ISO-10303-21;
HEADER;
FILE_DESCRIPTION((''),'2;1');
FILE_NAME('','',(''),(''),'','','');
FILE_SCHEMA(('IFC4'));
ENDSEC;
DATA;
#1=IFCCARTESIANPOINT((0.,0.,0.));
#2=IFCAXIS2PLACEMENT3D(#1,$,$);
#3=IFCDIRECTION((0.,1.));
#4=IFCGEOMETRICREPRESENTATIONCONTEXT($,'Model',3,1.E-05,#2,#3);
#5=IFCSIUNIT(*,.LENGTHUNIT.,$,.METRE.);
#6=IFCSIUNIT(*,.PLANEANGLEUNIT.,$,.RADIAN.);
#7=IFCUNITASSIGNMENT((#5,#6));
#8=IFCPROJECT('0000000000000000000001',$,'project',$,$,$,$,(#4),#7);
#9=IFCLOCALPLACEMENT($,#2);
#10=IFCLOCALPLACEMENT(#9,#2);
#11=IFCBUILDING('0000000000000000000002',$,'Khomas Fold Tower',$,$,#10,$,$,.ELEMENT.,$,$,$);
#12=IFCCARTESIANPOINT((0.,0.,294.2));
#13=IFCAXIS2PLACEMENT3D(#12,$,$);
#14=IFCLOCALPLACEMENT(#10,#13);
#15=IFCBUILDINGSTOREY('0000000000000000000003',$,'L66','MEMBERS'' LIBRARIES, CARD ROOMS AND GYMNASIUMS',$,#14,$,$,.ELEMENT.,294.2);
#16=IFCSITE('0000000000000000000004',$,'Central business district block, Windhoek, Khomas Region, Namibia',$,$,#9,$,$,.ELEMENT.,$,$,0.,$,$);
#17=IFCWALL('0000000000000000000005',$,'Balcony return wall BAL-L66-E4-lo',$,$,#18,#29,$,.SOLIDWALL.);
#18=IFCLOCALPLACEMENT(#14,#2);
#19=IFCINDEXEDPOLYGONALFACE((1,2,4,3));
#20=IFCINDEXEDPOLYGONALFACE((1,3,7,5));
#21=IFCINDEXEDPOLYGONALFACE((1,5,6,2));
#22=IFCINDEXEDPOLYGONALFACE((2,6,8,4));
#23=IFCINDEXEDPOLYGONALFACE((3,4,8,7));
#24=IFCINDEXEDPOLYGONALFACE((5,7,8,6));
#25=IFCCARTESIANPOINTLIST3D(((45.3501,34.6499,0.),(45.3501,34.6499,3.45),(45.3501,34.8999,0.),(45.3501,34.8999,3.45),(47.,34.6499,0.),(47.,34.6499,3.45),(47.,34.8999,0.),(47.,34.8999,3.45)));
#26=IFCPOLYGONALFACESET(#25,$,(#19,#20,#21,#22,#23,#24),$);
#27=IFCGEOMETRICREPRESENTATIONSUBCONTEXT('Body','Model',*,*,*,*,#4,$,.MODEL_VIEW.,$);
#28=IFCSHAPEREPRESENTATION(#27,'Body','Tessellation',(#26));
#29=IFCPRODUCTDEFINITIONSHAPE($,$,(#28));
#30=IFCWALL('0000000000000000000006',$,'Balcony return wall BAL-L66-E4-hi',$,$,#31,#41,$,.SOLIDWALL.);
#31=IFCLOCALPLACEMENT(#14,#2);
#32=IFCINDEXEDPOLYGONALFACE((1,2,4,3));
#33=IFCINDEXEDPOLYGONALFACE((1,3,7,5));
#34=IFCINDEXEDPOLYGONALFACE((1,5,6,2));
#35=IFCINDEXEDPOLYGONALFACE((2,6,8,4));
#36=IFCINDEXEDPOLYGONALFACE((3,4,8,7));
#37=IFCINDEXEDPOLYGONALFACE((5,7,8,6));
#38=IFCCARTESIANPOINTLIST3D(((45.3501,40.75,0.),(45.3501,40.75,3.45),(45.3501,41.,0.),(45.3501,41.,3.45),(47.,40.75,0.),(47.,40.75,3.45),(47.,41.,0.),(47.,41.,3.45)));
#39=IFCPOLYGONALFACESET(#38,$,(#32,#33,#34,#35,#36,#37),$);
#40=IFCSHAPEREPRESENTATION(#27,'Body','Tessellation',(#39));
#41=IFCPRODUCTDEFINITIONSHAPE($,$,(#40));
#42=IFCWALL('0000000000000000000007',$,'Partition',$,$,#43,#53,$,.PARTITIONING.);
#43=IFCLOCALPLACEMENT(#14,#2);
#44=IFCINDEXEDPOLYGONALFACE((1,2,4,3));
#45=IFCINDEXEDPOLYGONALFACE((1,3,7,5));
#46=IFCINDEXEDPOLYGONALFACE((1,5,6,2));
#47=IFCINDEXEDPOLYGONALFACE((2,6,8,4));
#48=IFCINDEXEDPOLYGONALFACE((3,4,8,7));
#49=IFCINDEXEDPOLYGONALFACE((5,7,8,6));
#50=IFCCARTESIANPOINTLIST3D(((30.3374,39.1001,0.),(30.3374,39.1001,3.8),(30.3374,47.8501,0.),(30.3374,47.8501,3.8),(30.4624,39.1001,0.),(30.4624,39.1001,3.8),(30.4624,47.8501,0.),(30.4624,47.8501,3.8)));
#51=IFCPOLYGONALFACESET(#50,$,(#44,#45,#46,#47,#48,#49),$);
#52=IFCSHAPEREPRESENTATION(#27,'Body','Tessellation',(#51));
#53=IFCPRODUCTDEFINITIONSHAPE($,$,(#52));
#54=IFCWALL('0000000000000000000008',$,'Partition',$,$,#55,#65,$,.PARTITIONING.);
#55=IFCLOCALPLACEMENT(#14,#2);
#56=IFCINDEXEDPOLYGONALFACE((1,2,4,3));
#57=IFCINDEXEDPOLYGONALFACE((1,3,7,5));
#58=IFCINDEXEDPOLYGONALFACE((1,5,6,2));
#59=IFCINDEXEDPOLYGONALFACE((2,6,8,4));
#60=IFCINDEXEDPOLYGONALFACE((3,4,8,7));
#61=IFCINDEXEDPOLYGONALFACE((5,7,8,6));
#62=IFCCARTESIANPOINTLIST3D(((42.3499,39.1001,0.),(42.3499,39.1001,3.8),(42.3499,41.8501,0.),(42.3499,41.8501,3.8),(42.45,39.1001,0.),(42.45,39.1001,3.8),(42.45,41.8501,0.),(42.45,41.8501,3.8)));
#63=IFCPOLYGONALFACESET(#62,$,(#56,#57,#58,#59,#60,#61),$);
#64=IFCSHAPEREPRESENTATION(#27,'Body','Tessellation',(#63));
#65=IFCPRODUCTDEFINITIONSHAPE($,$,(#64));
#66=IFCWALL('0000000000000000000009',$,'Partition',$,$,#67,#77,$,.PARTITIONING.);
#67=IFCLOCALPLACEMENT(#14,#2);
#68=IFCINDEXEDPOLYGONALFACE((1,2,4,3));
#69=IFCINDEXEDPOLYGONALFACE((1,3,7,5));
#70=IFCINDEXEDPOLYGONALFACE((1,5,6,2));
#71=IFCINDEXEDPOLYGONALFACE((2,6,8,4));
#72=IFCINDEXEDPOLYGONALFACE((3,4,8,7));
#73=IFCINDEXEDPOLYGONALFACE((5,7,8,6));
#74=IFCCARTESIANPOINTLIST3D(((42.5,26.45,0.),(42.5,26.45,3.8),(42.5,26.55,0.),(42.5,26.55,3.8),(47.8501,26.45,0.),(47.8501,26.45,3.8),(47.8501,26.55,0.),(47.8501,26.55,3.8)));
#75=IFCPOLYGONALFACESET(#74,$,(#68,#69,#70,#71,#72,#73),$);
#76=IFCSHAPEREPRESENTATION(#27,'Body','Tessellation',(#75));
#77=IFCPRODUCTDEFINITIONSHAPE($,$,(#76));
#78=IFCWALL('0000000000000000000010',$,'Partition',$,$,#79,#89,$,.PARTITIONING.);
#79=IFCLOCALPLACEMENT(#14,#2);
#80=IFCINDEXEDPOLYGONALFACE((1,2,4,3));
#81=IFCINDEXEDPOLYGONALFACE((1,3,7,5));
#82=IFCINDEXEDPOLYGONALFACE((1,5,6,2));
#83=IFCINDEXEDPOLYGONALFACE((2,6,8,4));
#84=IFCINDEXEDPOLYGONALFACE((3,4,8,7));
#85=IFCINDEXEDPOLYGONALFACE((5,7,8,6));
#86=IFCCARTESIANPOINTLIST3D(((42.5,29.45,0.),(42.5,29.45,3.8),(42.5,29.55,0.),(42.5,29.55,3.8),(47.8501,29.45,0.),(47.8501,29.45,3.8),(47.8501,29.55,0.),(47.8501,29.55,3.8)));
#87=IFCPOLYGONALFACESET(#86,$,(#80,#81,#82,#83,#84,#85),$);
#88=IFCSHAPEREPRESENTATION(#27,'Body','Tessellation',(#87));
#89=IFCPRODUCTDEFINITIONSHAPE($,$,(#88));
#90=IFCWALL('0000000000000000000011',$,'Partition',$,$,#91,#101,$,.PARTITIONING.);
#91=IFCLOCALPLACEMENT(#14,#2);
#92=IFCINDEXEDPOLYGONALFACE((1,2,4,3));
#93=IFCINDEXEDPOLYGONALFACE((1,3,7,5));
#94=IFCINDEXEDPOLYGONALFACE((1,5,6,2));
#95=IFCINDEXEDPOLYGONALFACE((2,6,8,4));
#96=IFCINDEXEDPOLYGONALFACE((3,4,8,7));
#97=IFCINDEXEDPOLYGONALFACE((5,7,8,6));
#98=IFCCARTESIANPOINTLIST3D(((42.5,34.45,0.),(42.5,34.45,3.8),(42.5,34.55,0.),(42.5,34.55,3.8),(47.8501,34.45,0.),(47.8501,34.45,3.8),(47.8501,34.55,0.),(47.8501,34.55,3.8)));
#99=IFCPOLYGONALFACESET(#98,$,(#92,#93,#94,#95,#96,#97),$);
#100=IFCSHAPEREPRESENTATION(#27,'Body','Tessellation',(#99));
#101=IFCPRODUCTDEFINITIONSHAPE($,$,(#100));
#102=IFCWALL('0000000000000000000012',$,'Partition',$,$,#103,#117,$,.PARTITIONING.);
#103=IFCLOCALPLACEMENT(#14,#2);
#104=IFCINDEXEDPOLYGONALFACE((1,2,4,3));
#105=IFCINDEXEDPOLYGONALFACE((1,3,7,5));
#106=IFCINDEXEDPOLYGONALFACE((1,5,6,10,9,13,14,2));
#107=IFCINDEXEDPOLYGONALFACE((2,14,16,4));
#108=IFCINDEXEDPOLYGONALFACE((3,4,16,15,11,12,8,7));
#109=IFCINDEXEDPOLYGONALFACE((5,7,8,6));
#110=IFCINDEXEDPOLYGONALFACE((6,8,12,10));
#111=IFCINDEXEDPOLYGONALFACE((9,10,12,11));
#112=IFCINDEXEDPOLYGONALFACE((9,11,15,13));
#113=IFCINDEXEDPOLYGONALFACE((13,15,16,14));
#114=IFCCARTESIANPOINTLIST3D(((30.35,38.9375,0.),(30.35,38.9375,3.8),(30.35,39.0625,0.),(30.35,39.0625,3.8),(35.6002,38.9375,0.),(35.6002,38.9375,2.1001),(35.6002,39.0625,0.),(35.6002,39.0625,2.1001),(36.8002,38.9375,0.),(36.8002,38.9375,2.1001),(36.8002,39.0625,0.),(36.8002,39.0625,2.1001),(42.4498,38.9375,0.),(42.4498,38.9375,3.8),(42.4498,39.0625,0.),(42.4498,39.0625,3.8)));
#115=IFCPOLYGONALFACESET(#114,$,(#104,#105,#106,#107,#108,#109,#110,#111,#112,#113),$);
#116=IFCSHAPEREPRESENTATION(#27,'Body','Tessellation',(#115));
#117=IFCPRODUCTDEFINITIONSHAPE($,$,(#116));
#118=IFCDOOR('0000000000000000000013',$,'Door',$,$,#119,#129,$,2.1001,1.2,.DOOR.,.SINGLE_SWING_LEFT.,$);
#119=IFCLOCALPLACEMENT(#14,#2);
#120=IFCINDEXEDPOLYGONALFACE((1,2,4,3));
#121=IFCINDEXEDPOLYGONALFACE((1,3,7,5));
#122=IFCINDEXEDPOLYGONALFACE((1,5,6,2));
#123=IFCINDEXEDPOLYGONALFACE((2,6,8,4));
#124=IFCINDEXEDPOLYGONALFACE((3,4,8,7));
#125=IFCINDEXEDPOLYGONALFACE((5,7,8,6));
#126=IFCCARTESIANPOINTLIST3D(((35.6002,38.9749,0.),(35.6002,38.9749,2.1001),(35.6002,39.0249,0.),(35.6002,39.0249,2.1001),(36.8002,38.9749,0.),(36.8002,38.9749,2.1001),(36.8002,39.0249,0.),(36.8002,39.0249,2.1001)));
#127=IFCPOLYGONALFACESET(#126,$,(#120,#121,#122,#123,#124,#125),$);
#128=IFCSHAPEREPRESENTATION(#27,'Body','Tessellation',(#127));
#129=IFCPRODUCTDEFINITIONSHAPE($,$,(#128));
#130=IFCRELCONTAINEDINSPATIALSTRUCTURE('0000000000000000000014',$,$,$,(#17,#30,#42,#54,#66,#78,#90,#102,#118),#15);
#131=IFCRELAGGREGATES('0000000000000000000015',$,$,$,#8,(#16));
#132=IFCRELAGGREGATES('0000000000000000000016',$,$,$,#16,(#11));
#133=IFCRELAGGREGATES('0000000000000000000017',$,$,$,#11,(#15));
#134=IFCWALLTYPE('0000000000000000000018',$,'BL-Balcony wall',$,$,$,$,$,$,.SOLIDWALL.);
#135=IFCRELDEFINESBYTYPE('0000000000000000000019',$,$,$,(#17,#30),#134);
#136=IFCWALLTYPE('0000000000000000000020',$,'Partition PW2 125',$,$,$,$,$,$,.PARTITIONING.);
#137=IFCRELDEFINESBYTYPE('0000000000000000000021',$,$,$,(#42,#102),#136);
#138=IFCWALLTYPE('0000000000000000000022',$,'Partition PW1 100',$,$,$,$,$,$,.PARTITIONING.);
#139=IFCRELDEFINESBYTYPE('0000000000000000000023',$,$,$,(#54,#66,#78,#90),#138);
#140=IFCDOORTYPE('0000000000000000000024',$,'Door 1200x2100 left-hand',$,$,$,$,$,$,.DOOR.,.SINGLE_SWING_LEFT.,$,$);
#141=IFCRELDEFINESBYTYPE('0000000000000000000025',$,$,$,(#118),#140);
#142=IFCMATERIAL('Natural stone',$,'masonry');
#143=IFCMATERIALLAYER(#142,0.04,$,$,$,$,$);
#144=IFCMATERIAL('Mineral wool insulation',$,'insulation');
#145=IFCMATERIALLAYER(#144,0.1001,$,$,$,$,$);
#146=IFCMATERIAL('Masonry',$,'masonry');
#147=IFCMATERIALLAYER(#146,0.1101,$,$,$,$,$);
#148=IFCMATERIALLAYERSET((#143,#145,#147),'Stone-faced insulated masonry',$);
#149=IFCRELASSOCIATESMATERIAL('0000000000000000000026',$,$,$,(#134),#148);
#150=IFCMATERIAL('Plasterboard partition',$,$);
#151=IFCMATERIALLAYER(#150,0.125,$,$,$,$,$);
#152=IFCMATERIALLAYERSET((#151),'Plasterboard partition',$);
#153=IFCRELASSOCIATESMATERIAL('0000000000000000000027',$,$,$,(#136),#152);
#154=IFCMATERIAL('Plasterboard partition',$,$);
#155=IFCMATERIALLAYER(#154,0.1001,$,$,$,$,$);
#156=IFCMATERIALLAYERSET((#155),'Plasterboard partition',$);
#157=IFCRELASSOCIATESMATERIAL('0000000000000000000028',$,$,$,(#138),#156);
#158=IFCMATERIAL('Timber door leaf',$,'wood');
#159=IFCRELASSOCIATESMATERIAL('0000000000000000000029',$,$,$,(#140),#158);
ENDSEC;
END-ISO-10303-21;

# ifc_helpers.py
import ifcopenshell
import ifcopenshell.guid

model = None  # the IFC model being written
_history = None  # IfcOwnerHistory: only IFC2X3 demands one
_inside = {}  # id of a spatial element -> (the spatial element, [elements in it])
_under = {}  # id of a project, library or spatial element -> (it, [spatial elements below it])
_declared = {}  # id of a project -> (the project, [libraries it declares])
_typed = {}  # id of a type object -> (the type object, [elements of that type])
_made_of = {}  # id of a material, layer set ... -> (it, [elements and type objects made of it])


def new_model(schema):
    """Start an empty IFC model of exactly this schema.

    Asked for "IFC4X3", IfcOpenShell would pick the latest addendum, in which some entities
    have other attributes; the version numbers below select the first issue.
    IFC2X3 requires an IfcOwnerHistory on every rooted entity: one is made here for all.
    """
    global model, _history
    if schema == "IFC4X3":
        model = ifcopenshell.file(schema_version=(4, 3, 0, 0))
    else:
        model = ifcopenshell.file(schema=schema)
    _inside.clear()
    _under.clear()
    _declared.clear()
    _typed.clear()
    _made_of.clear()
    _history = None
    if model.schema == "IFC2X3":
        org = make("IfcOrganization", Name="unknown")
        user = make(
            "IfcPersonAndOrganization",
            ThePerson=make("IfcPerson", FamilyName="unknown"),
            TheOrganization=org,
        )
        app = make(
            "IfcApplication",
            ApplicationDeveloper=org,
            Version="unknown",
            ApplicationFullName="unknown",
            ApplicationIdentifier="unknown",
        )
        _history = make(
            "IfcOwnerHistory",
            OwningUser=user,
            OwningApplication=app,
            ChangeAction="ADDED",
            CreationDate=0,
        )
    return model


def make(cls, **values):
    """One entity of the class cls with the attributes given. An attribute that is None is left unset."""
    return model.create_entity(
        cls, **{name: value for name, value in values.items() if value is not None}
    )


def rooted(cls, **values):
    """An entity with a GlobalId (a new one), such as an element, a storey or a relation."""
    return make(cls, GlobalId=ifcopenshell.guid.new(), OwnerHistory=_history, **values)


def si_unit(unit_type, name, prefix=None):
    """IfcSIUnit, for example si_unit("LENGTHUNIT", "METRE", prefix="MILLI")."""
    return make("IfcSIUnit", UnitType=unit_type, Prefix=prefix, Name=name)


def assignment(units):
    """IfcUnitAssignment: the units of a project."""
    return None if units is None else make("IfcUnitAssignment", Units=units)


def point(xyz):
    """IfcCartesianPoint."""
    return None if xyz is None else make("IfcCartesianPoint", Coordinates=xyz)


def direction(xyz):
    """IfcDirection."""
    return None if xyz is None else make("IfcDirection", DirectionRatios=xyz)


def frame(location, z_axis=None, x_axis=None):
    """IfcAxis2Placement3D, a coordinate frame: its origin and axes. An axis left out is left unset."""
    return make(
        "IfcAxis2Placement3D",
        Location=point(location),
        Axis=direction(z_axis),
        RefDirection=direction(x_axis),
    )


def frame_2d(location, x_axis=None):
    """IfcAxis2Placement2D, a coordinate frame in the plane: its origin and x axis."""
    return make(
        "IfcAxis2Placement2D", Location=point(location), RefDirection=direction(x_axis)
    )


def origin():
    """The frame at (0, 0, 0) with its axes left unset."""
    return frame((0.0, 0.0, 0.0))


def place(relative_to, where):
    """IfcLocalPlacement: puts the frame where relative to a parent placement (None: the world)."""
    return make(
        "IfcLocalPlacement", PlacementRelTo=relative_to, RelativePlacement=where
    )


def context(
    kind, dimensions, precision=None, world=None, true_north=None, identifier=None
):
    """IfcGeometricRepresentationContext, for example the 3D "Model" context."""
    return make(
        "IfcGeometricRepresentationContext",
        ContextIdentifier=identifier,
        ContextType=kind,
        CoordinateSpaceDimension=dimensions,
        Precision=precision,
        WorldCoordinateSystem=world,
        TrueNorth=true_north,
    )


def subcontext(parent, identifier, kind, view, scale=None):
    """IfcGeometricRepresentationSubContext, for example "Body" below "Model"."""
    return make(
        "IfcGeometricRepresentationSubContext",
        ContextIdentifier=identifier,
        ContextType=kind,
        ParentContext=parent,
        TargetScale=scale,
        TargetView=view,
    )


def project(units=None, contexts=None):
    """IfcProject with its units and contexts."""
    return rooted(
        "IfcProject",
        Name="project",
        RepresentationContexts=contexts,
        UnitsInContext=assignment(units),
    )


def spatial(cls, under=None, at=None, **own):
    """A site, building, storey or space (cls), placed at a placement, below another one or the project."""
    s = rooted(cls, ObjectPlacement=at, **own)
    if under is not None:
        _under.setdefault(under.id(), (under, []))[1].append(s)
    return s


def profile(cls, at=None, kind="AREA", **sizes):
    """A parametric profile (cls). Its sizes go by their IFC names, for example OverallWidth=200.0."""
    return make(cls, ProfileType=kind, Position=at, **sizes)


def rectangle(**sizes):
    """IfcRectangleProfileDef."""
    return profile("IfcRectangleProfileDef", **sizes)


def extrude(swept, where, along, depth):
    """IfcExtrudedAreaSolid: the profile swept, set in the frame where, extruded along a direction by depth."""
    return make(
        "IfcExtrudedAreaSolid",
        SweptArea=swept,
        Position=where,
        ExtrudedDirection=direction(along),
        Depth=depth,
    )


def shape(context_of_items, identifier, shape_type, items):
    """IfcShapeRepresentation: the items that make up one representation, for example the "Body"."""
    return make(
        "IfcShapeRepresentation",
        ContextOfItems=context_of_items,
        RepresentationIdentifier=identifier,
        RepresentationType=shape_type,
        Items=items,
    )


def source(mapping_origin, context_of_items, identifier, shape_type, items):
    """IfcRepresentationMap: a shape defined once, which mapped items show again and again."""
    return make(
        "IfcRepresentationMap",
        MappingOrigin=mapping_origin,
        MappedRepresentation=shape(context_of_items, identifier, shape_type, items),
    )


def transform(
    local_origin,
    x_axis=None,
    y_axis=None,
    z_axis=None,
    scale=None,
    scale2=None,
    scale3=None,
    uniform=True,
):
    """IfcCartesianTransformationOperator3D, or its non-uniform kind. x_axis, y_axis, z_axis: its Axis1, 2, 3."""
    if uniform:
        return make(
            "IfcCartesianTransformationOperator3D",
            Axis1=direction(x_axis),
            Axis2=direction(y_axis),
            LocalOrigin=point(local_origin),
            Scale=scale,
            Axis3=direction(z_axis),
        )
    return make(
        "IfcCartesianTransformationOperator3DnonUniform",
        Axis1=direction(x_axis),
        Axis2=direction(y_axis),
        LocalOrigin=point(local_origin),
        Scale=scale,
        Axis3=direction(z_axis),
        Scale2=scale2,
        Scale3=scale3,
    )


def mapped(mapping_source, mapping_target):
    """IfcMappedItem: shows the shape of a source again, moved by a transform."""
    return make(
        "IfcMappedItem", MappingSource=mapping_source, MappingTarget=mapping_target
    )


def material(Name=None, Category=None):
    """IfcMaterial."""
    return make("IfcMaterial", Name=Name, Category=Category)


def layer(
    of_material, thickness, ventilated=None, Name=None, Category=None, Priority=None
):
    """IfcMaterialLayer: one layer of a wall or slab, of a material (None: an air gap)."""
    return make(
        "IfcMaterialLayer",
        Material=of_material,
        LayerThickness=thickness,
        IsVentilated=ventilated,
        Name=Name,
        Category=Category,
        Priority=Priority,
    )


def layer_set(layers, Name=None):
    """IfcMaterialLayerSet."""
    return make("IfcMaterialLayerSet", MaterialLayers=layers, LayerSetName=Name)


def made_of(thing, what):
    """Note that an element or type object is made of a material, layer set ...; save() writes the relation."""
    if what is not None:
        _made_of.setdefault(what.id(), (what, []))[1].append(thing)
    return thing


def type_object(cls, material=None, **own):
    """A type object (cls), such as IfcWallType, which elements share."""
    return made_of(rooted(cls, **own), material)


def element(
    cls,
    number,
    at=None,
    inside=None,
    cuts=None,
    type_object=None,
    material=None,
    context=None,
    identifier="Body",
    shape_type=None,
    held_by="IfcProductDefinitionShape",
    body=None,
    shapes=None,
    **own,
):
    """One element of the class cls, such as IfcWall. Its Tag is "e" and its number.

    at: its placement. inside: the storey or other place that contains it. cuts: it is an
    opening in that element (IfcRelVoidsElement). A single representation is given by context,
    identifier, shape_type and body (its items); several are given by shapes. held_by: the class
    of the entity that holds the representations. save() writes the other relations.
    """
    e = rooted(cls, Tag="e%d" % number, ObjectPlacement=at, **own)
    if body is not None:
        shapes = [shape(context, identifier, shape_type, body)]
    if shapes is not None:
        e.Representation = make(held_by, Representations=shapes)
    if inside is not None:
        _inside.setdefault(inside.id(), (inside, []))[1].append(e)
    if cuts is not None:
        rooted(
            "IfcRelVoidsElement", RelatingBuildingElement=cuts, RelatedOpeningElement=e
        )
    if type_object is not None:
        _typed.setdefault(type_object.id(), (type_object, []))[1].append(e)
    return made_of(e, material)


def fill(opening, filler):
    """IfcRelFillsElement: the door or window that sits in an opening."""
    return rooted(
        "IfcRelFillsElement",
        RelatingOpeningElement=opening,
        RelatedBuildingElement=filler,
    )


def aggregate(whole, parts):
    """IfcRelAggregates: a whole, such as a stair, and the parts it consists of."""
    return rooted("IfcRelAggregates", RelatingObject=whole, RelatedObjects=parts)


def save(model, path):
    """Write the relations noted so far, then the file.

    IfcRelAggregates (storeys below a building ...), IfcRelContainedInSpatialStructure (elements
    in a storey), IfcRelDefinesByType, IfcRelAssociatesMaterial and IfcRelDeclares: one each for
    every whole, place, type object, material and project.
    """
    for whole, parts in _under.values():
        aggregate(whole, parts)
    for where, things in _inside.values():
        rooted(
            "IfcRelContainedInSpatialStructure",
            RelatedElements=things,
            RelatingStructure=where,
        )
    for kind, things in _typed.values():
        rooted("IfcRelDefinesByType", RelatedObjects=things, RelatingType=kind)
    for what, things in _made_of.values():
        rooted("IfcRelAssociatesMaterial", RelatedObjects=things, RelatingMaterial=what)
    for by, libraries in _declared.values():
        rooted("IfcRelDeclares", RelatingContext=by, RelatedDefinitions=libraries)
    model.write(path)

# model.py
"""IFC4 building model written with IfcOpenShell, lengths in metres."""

from ifc_helpers import new_model, si_unit, direction, frame, frame_2d, origin, place, context, subcontext, project, spatial, rectangle, extrude, source, transform, mapped, material, layer, layer_set, type_object, element, fill, save


model = new_model("IFC4")

# Units and contexts
model_context = context("Model", 3, precision=1e-05, world=origin(), true_north=direction((0.0, 1.0)))
body_context = subcontext(model_context, "Body", "Model", "MODEL_VIEW")
ifc_project = project(units=[si_unit("LENGTHUNIT", "METRE"), si_unit("PLANEANGLEUNIT", "RADIAN")], contexts=[model_context])

# Site, building, storey
site_placement = place(None, origin())
site = spatial("IfcSite", under=ifc_project, at=site_placement, Name="Central business district block, Windhoek, Khomas Region, Namibia", CompositionType="ELEMENT", RefElevation=0.0)
building_placement = place(site_placement, origin())
building = spatial("IfcBuilding", under=site, at=building_placement, Name="Khomas Fold Tower", CompositionType="ELEMENT")
storey_placement = place(building_placement, frame((0.0, 0.0, 294.2)))
storey = spatial("IfcBuildingStorey", under=building, at=storey_placement, Name="L66", Description="MEMBERS' LIBRARIES, CARD ROOMS AND GYMNASIUMS", CompositionType="ELEMENT", Elevation=294.2)

# Shared definitions
ifc_material_1 = material(Name="Natural stone", Category="masonry")
ifc_layer_1 = layer(ifc_material_1, 0.04)
ifc_material_2 = material(Name="Mineral wool insulation", Category="insulation")
ifc_layer_2 = layer(ifc_material_2, 0.1001)
ifc_material_3 = material(Name="Masonry", Category="masonry")
ifc_layer_3 = layer(ifc_material_3, 0.1101)
ifc_layer_set_1 = layer_set([ifc_layer_1, ifc_layer_2, ifc_layer_3], Name="Stone-faced insulated masonry")
wall_type_1 = type_object("IfcWallType", Name="BL-Balcony wall", PredefinedType="SOLIDWALL", material=ifc_layer_set_1)

# Walls
shared_shape_1 = source(origin(), body_context, "Body", "SweptSolid", [
    extrude(rectangle(XDim=1.6499, YDim=0.25, at=frame_2d((0.825, 0.0))), origin(), (0.0, 0.0, 1.0), 3.45),
])
for number, where, z_axis, x_axis, name in (
    (1, (47.0, 34.7749, 0.0), (0.0, 0.0, 1.0), (-1.0, 0.0, 0.0), "Balcony return wall BAL-L66-E4-lo"),
    (2, (47.0, 40.875, 0.0), (0.0, 0.0, 1.0), (-1.0, 0.0, 0.0), "Balcony return wall BAL-L66-E4-hi"),
):
    element("IfcWall", number, at=place(storey_placement, frame(where, z_axis=z_axis, x_axis=x_axis)), inside=storey, type_object=wall_type_1, Name=name, PredefinedType="SOLIDWALL", context=body_context, shape_type="MappedRepresentation", body=[
        mapped(shared_shape_1, transform((0.0, 0.0, 0.0))),
    ])
ifc_material_4 = material(Name="Plasterboard partition")
ifc_layer_4 = layer(ifc_material_4, 0.125)
ifc_layer_set_2 = layer_set([ifc_layer_4], Name="Plasterboard partition")
wall_type_2 = type_object("IfcWallType", Name="Partition PW2 125", PredefinedType="PARTITIONING", material=ifc_layer_set_2)
shared_shape_2 = source(origin(), body_context, "Body", "SweptSolid", [
    extrude(rectangle(XDim=8.75, YDim=0.125, at=frame_2d((4.375, 0.0))), origin(), (0.0, 0.0, 1.0), 3.8),
])
wall_1_placement = place(storey_placement, frame((30.3999, 39.1001, 0.0), z_axis=(0.0, 0.0, 1.0), x_axis=(0.0, 1.0, 0.0)))
element("IfcWall", 3, at=wall_1_placement, inside=storey, type_object=wall_type_2, Name="Partition", PredefinedType="PARTITIONING", context=body_context, shape_type="MappedRepresentation", body=[
    mapped(shared_shape_2, transform((0.0, 0.0, 0.0))),
])
ifc_material_5 = material(Name="Plasterboard partition")
ifc_layer_5 = layer(ifc_material_5, 0.1001)
ifc_layer_set_3 = layer_set([ifc_layer_5], Name="Plasterboard partition")
wall_type_3 = type_object("IfcWallType", Name="Partition PW1 100", PredefinedType="PARTITIONING", material=ifc_layer_set_3)
shared_shape_3 = source(origin(), body_context, "Body", "SweptSolid", [
    extrude(rectangle(XDim=2.75, YDim=0.1001, at=frame_2d((1.375, 0.0))), origin(), (0.0, 0.0, 1.0), 3.8),
])
wall_2_placement = place(storey_placement, frame((42.3999, 39.1001, 0.0), z_axis=(0.0, 0.0, 1.0), x_axis=(0.0, 1.0, 0.0)))
element("IfcWall", 4, at=wall_2_placement, inside=storey, type_object=wall_type_3, Name="Partition", PredefinedType="PARTITIONING", context=body_context, shape_type="MappedRepresentation", body=[
    mapped(shared_shape_3, transform((0.0, 0.0, 0.0))),
])
shared_shape_4 = source(origin(), body_context, "Body", "SweptSolid", [
    extrude(rectangle(XDim=5.3501, YDim=0.1001, at=frame_2d((2.675, 0.0))), origin(), (0.0, 0.0, 1.0), 3.8),
])
for number, where, z_axis, x_axis, name in (
    (5, (42.5, 26.5, 0.0), (0.0, 0.0, 1.0), (1.0, 0.0, 0.0), "Partition"),
    (6, (42.5, 29.5, 0.0), (0.0, 0.0, 1.0), (1.0, 0.0, 0.0), "Partition"),
    (7, (42.5, 34.5, 0.0), (0.0, 0.0, 1.0), (1.0, 0.0, 0.0), "Partition"),
):
    element("IfcWall", number, at=place(storey_placement, frame(where, z_axis=z_axis, x_axis=x_axis)), inside=storey, type_object=wall_type_3, Name=name, PredefinedType="PARTITIONING", context=body_context, shape_type="MappedRepresentation", body=[
        mapped(shared_shape_4, transform((0.0, 0.0, 0.0))),
    ])

# Wall, opening, door
shared_shape_5 = source(origin(), body_context, "Body", "SweptSolid", [
    extrude(rectangle(XDim=12.0999, YDim=0.125, at=frame_2d((6.0498, 0.0))), origin(), (0.0, 0.0, 1.0), 3.8),
])
wall_3_placement = place(storey_placement, frame((30.3501, 39.0, 0.0), z_axis=(0.0, 0.0, 1.0), x_axis=(1.0, 0.0, 0.0)))
wall_3 = element("IfcWall", 8, at=wall_3_placement, inside=storey, type_object=wall_type_2, Name="Partition", PredefinedType="PARTITIONING", context=body_context, shape_type="MappedRepresentation", body=[
    mapped(shared_shape_5, transform((0.0, 0.0, 0.0))),
])
shared_shape_6 = source(origin(), body_context, "Body", "SweptSolid", [
    extrude(rectangle(XDim=1.2, YDim=2.1001, at=frame_2d((0.6001, 1.05))), frame((0.0, 0.0725, 0.0), z_axis=(0.0, -1.0, 0.0), x_axis=(1.0, 0.0, 0.0)), (0.0, 0.0, 1.0), 0.145),
])
opening_1_placement = place(wall_3_placement, frame((5.25, 0.0, 0.0)))
opening_1 = element("IfcOpeningElement", 9, at=opening_1_placement, cuts=wall_3, PredefinedType="OPENING", context=body_context, shape_type="MappedRepresentation", body=[
    mapped(shared_shape_6, transform((0.0, 0.0, 0.0))),
])
ifc_material_6 = material(Name="Timber door leaf", Category="wood")
door_type_1 = type_object("IfcDoorType", Name="Door 1200x2100 left-hand", OperationType="SINGLE_SWING_LEFT", PredefinedType="DOOR", material=ifc_material_6)
shared_shape_7 = source(origin(), body_context, "Body", "SweptSolid", [
    extrude(rectangle(XDim=1.2, YDim=2.1001, at=frame_2d((0.6001, 1.05))), frame((0.0, 0.0249, 0.0), z_axis=(0.0, -1.0, 0.0), x_axis=(1.0, 0.0, 0.0)), (0.0, 0.0, 1.0), 0.05),
])
door_1_placement = place(opening_1_placement, origin())
door_1 = element("IfcDoor", 10, at=door_1_placement, inside=storey, type_object=door_type_1, Name="Door", OperationType="SINGLE_SWING_LEFT", OverallHeight=2.1001, OverallWidth=1.2, PredefinedType="DOOR", context=body_context, shape_type="MappedRepresentation", body=[
    mapped(shared_shape_7, transform((0.0, 0.0, 0.0))),
])
fill(opening_1, door_1)

save(model, "model.ifc")
